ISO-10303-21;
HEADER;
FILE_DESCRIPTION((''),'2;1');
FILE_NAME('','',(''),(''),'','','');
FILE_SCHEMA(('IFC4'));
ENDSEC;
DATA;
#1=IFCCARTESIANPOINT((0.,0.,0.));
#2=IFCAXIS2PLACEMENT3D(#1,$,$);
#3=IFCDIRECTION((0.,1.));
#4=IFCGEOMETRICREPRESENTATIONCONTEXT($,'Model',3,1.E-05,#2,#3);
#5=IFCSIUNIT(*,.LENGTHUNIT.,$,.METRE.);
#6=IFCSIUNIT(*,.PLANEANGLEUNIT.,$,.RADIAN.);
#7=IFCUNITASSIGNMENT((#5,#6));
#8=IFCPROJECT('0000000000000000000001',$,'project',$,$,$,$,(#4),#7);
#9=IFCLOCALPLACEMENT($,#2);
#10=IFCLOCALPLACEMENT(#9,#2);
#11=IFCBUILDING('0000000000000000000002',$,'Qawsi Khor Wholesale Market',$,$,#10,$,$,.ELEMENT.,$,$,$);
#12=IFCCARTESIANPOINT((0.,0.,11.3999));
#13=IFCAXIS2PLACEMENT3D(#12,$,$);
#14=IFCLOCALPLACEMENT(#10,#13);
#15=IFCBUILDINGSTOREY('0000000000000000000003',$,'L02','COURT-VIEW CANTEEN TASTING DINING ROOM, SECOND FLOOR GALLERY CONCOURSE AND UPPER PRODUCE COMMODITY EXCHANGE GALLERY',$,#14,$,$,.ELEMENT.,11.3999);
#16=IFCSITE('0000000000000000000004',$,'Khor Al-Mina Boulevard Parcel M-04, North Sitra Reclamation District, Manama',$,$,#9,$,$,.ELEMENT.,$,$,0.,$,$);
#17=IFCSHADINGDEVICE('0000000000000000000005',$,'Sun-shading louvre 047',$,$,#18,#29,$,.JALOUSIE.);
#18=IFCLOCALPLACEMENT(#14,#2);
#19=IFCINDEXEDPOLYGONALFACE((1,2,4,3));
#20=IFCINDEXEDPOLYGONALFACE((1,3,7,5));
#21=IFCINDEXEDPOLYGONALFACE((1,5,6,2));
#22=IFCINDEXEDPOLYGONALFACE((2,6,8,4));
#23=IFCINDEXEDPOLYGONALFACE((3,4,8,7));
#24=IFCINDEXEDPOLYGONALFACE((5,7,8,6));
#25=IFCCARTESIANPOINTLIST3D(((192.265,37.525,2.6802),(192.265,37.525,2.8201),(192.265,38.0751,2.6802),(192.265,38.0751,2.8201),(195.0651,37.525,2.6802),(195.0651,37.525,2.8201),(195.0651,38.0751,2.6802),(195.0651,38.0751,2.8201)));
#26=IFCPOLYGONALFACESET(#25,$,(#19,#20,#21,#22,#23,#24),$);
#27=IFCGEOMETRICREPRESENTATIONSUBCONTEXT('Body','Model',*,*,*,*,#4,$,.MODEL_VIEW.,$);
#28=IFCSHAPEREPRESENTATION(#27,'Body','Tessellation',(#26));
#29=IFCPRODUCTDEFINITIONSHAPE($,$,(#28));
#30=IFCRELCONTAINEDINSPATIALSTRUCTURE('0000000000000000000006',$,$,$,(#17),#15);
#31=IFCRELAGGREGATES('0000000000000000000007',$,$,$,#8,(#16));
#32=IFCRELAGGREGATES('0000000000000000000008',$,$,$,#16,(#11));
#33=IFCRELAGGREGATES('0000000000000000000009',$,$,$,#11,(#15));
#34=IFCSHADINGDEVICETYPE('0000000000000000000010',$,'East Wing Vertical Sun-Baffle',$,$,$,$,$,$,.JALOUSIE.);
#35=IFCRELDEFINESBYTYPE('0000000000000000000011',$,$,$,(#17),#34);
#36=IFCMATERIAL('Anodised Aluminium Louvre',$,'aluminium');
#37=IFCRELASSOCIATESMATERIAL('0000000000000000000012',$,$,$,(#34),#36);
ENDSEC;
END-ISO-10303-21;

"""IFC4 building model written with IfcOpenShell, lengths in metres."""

from ifc_helpers import new_model, si_unit, direction, frame, origin, origin_2d, place, context, subcontext, project, spatial, rectangle, extrude, material, type_object, element, save


model = new_model("IFC4")

# Units and contexts
model_context = context("Model", 3, precision=1e-05, world=origin(), true_north=direction((0.0, 1.0)))
body_context = subcontext(model_context, "Body", "Model", "MODEL_VIEW")
ifc_project = project(units=[si_unit("LENGTHUNIT", "METRE"), si_unit("PLANEANGLEUNIT", "RADIAN")], contexts=[model_context])

# Site, building, storey
site_placement = place(None, origin())
site = spatial("IfcSite", under=ifc_project, at=site_placement, Name="Khor Al-Mina Boulevard Parcel M-04, North Sitra Reclamation District, Manama", CompositionType="ELEMENT", RefElevation=0.0)
building_placement = place(site_placement, origin())
building = spatial("IfcBuilding", under=site, at=building_placement, Name="Qawsi Khor Wholesale Market", CompositionType="ELEMENT")
storey_placement = place(building_placement, frame((0.0, 0.0, 11.3999)))
storey = spatial("IfcBuildingStorey", under=building, at=storey_placement, Name="L02", Description="COURT-VIEW CANTEEN TASTING DINING ROOM, SECOND FLOOR GALLERY CONCOURSE AND UPPER PRODUCE COMMODITY EXCHANGE GALLERY", CompositionType="ELEMENT", Elevation=11.3999)

# Shading device
ifc_material_1 = material(Name="Anodised Aluminium Louvre", Category="aluminium")
shading_device_type = type_object("IfcShadingDeviceType", Name="East Wing Vertical Sun-Baffle", PredefinedType="JALOUSIE", material=ifc_material_1)
for number, where, z_axis, x_axis, name in (
    (1, (193.665, 37.8, 2.6802), (0.0, 0.0, 1.0), (1.0, 0.0, 0.0), "Sun-shading louvre 047"),
):
    element("IfcShadingDevice", number, at=place(storey_placement, frame(where, z_axis=z_axis, x_axis=x_axis)), inside=storey, type_object=shading_device_type, Name=name, PredefinedType="JALOUSIE", context=body_context, shape_type="SweptSolid", body=[
        extrude(rectangle(XDim=2.8, YDim=0.55, at=origin_2d()), origin(), (0.0, 0.0, 1.0), 0.1399),
    ])

save(model, "model.ifc")
